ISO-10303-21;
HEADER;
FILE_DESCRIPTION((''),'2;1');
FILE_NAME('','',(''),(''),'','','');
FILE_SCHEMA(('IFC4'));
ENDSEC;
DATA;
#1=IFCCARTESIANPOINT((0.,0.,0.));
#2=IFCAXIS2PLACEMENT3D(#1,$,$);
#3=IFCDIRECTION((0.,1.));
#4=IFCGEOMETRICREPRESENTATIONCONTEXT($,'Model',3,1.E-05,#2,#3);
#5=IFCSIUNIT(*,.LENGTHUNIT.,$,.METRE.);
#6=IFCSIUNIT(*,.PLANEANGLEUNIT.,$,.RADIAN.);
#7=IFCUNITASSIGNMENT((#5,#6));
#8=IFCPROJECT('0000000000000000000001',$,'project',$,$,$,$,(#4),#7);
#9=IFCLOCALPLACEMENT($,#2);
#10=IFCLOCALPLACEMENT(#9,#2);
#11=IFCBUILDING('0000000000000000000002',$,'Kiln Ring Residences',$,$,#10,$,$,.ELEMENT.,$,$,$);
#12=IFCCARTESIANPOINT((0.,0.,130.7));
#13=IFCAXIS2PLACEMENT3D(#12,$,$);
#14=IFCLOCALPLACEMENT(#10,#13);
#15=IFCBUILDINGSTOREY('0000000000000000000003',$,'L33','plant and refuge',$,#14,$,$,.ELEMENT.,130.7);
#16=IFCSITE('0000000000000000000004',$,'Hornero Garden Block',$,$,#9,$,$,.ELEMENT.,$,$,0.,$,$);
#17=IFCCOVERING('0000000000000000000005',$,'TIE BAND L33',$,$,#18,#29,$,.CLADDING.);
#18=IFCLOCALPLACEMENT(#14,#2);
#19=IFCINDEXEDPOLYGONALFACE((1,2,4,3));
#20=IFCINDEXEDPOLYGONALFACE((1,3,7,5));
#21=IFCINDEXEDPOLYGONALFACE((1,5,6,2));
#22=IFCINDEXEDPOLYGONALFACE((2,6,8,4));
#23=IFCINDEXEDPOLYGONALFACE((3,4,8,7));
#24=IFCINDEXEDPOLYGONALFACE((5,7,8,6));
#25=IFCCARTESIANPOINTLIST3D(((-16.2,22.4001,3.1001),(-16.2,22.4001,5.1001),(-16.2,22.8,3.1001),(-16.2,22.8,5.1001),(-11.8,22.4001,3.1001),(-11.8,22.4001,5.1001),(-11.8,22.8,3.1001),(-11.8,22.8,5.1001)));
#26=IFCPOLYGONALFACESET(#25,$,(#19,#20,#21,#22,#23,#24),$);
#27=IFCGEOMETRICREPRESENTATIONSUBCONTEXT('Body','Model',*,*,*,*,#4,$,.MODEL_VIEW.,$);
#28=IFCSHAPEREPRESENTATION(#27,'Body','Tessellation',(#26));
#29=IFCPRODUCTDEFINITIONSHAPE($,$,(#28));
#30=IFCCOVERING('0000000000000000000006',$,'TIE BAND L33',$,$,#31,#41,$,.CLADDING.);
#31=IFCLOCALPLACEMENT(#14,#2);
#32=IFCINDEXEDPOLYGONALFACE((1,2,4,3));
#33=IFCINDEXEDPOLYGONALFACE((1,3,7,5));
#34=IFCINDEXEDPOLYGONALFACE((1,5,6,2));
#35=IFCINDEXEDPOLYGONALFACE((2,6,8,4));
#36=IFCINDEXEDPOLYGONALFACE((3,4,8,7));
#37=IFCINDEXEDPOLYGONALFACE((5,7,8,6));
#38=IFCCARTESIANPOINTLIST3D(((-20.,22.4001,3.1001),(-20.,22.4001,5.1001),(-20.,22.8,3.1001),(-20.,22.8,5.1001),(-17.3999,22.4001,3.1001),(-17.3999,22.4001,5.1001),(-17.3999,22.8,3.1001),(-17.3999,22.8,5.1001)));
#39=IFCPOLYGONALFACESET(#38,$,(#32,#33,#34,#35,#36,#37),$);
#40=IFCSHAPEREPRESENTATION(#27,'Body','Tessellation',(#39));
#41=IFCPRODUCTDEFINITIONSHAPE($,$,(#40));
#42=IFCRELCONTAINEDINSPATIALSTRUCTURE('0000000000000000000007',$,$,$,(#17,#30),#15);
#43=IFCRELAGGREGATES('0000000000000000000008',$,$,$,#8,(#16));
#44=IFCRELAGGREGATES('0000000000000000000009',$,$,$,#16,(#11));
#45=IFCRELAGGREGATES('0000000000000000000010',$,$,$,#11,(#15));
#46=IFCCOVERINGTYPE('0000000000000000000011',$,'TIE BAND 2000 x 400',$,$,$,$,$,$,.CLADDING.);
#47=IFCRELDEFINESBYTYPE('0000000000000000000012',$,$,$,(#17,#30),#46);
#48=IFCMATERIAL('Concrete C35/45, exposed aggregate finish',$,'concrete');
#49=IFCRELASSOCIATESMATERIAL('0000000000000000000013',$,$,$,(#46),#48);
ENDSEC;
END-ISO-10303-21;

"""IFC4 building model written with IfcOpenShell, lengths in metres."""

from ifc_helpers import new_model, si_unit, direction, frame, origin, origin_2d, place, context, subcontext, project, spatial, rectangle, extrude, material, type_object, element, save


model = new_model("IFC4")

# Units and contexts
model_context = context("Model", 3, precision=1e-05, world=origin(), true_north=direction((0.0, 1.0)))
body_context = subcontext(model_context, "Body", "Model", "MODEL_VIEW")
ifc_project = project(units=[si_unit("LENGTHUNIT", "METRE"), si_unit("PLANEANGLEUNIT", "RADIAN")], contexts=[model_context])

# Site, building, storey
site_placement = place(None, origin())
site = spatial("IfcSite", under=ifc_project, at=site_placement, Name="Hornero Garden Block", CompositionType="ELEMENT", RefElevation=0.0)
building_placement = place(site_placement, origin())
building = spatial("IfcBuilding", under=site, at=building_placement, Name="Kiln Ring Residences", CompositionType="ELEMENT")
storey_placement = place(building_placement, frame((0.0, 0.0, 130.7)))
storey = spatial("IfcBuildingStorey", under=building, at=storey_placement, Name="L33", Description="plant and refuge", CompositionType="ELEMENT", Elevation=130.7)

# Coverings
ifc_material_1 = material(Name="Concrete C35/45, exposed aggregate finish", Category="concrete")
covering_type = type_object("IfcCoveringType", Name="TIE BAND 2000 x 400", PredefinedType="CLADDING", material=ifc_material_1)
covering_1_placement = place(storey_placement, frame((-14.0, 22.6001, 3.1001), z_axis=(0.0, 0.0, 1.0), x_axis=(-1.0, 0.0, 0.0)))
element("IfcCovering", 1, at=covering_1_placement, inside=storey, type_object=covering_type, Name="TIE BAND L33", PredefinedType="CLADDING", context=body_context, shape_type="SweptSolid", body=[
    extrude(rectangle(XDim=4.3999, YDim=0.3999, at=origin_2d()), origin(), (0.0, 0.0, 1.0), 2.0),
])
covering_2_placement = place(storey_placement, frame((-18.7, 22.6001, 3.1001), z_axis=(0.0, 0.0, 1.0), x_axis=(-1.0, 0.0, 0.0)))
element("IfcCovering", 2, at=covering_2_placement, inside=storey, type_object=covering_type, Name="TIE BAND L33", PredefinedType="CLADDING", context=body_context, shape_type="SweptSolid", body=[
    extrude(rectangle(XDim=2.6001, YDim=0.3999, at=origin_2d()), origin(), (0.0, 0.0, 1.0), 2.0),
])

save(model, "model.ifc")
